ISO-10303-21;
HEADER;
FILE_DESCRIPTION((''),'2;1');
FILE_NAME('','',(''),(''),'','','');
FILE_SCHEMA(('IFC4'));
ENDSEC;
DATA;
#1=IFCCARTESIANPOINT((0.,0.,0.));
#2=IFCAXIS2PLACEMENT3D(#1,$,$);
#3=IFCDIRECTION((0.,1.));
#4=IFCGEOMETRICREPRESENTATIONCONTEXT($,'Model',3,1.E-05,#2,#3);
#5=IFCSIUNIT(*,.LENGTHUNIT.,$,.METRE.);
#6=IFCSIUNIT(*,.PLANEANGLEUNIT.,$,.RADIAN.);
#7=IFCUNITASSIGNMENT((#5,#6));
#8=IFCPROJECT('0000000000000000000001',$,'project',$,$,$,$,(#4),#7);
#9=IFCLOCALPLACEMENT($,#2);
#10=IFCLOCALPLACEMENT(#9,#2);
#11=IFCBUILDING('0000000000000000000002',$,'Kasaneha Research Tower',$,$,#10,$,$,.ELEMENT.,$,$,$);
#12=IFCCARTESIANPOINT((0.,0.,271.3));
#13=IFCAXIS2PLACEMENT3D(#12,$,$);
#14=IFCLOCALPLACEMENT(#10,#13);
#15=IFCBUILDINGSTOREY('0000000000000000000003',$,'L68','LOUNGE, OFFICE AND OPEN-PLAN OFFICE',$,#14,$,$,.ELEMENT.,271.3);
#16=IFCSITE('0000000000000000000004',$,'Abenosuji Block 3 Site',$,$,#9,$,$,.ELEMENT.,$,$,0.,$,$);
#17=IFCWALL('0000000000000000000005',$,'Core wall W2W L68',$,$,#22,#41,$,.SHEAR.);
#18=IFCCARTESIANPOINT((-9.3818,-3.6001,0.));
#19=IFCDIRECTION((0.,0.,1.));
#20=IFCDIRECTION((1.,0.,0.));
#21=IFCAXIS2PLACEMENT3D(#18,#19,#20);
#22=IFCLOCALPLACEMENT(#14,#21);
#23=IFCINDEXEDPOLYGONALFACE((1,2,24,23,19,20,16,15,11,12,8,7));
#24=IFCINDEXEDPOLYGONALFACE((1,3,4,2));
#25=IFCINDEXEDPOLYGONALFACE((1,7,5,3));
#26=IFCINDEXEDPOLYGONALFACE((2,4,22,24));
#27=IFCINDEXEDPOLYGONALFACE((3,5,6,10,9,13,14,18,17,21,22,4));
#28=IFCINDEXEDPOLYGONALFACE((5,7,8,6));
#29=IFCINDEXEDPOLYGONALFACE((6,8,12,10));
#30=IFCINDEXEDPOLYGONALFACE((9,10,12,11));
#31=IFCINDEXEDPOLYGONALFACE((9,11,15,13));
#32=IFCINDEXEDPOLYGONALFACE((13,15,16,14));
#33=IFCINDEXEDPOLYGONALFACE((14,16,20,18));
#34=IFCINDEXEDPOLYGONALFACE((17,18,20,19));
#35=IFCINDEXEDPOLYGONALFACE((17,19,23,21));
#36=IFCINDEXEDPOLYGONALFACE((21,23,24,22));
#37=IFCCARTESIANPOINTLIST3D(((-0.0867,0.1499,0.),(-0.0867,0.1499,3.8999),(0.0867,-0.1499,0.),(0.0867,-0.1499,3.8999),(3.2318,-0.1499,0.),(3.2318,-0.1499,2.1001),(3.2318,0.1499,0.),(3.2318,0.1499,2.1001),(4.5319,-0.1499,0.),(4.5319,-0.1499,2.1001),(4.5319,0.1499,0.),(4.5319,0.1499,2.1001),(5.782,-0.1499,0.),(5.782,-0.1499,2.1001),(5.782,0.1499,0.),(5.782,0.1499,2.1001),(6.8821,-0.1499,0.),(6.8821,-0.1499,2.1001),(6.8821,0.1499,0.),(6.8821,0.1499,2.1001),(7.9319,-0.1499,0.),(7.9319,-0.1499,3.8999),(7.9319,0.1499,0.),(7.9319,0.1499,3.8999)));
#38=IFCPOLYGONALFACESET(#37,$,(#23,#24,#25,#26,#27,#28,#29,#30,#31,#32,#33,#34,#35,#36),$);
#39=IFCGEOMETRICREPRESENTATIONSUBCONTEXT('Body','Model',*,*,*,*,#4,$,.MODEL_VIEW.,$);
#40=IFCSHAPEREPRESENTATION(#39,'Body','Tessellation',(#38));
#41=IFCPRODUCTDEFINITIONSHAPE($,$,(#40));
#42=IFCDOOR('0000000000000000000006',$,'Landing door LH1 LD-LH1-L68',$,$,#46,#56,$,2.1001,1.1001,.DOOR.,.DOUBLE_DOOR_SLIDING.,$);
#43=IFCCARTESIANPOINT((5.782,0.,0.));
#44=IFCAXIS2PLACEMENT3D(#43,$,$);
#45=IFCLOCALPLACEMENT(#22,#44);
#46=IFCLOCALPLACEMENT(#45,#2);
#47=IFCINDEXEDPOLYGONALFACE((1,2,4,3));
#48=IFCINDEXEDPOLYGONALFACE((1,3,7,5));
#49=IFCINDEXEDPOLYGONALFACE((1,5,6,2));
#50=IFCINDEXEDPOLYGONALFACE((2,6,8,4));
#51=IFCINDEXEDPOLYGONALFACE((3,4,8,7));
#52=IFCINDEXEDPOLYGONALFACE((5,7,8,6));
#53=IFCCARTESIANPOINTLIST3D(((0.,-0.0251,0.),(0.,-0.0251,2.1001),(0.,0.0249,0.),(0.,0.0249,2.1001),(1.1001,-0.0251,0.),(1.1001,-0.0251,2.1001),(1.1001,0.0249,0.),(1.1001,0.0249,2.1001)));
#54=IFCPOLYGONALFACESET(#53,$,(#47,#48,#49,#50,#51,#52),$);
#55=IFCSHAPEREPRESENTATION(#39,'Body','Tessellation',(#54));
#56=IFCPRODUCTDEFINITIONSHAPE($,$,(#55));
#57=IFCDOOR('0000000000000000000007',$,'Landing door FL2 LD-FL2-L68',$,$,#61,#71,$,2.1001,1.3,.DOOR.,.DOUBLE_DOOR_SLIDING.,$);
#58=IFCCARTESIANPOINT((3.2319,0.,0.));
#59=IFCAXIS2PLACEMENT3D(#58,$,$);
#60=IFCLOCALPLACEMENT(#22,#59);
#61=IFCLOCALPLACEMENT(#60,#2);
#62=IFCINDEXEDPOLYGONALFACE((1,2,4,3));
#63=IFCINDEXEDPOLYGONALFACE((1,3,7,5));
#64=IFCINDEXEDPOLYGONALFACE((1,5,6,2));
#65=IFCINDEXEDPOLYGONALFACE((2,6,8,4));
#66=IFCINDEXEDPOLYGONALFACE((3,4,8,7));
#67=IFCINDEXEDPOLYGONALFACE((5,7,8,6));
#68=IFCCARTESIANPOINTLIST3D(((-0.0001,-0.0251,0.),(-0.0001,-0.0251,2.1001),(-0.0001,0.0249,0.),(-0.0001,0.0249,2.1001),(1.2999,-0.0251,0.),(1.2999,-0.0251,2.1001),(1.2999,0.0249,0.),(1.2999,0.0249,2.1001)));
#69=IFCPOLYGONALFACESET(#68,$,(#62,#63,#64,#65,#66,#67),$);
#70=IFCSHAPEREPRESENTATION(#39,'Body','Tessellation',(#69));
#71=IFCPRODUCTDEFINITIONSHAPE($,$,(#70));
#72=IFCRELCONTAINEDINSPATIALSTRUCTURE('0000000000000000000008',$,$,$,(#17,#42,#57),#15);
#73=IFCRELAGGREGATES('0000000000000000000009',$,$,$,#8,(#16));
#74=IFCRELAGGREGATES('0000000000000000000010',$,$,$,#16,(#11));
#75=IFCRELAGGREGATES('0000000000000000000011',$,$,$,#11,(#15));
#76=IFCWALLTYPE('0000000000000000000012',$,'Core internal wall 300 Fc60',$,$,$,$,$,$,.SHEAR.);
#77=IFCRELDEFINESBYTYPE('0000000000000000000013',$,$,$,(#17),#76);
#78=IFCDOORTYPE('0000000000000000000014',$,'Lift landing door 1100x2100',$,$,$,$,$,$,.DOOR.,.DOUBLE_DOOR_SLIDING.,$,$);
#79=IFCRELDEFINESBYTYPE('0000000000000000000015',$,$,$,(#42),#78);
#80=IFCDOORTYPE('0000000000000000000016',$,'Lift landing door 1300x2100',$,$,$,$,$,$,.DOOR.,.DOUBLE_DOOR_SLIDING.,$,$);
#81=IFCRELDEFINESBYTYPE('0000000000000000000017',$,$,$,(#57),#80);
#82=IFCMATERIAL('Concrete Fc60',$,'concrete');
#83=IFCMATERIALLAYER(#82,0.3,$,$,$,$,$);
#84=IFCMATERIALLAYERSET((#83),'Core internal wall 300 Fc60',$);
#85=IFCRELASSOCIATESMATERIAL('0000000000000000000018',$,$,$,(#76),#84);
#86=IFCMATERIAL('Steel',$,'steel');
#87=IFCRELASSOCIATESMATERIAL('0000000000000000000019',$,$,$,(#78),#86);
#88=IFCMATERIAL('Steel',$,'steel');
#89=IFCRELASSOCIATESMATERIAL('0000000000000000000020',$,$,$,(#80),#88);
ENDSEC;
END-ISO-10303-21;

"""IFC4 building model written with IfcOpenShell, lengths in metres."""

from ifc_helpers import new_model, si_unit, direction, frame, frame_2d, origin, place, context, subcontext, project, spatial, polyline, rectangle, outline, extrude, material, layer, layer_set, type_object, element, fill, save


model = new_model("IFC4")

# Units and contexts
model_context = context("Model", 3, precision=1e-05, world=origin(), true_north=direction((0.0, 1.0)))
body_context = subcontext(model_context, "Body", "Model", "MODEL_VIEW")
ifc_project = project(units=[si_unit("LENGTHUNIT", "METRE"), si_unit("PLANEANGLEUNIT", "RADIAN")], contexts=[model_context])

# Site, building, storey
site_placement = place(None, origin())
site = spatial("IfcSite", under=ifc_project, at=site_placement, Name="Abenosuji Block 3 Site", CompositionType="ELEMENT", RefElevation=0.0)
building_placement = place(site_placement, origin())
building = spatial("IfcBuilding", under=site, at=building_placement, Name="Kasaneha Research Tower", CompositionType="ELEMENT")
storey_placement = place(building_placement, frame((0.0, 0.0, 271.3)))
storey = spatial("IfcBuildingStorey", under=building, at=storey_placement, Name="L68", Description="LOUNGE, OFFICE AND OPEN-PLAN OFFICE", CompositionType="ELEMENT", Elevation=271.3)

# Wall, openings, doors
ifc_material_1 = material(Name="Concrete Fc60", Category="concrete")
ifc_layer_1 = layer(ifc_material_1, 0.3)
ifc_layer_set_1 = layer_set([ifc_layer_1], Name="Core internal wall 300 Fc60")
wall_type_1 = type_object("IfcWallType", Name="Core internal wall 300 Fc60", PredefinedType="SHEAR", material=ifc_layer_set_1)
wall_1_placement = place(storey_placement, frame((-9.3818, -3.6001, 0.0), z_axis=(0.0, 0.0, 1.0), x_axis=(1.0, 0.0, 0.0)))
wall_1 = element("IfcWall", 1, at=wall_1_placement, inside=storey, type_object=wall_type_1, Name="Core wall W2W L68", PredefinedType="SHEAR", context=body_context, shape_type="SweptSolid", body=[
    extrude(outline(polyline([(0.0867, -0.1499), (3.2319, -0.1499), (4.532, -0.1499), (5.782, -0.1499), (6.8821, -0.1499), (7.9319, -0.1499), (7.9319, 0.1499), (6.8821, 0.1499), (5.782, 0.1499), (4.532, 0.1499), (3.2319, 0.1499), (-0.0867, 0.1499), (0.0867, -0.1499)])), origin(), (0.0, 0.0, 1.0), 3.8999),
])
opening_1_placement = place(wall_1_placement, frame((5.782, 0.0, 0.0)))
opening_1 = element("IfcOpeningElement", 2, at=opening_1_placement, cuts=wall_1, PredefinedType="OPENING", context=body_context, shape_type="SweptSolid", body=[
    extrude(rectangle(XDim=1.1001, YDim=2.1001, at=frame_2d((0.55, 1.05))), frame((0.0, 0.1602, 0.0), z_axis=(0.0, -1.0, 0.0), x_axis=(1.0, 0.0, 0.0)), (0.0, 0.0, 1.0), 0.3201),
])
opening_2_placement = place(wall_1_placement, frame((3.2319, 0.0, 0.0)))
opening_2 = element("IfcOpeningElement", 3, at=opening_2_placement, cuts=wall_1, PredefinedType="OPENING", context=body_context, shape_type="SweptSolid", body=[
    extrude(rectangle(XDim=1.3, YDim=2.1001, at=frame_2d((0.6499, 1.05))), frame((0.0, 0.1602, 0.0), z_axis=(0.0, -1.0, 0.0), x_axis=(1.0, 0.0, 0.0)), (0.0, 0.0, 1.0), 0.3201),
])
ifc_material_2 = material(Name="Steel", Category="steel")
door_type_1 = type_object("IfcDoorType", Name="Lift landing door 1100x2100", OperationType="DOUBLE_DOOR_SLIDING", PredefinedType="DOOR", material=ifc_material_2)
door_1_placement = place(opening_1_placement, origin())
door_1 = element("IfcDoor", 4, at=door_1_placement, inside=storey, type_object=door_type_1, Name="Landing door LH1 LD-LH1-L68", OperationType="DOUBLE_DOOR_SLIDING", OverallHeight=2.1001, OverallWidth=1.1001, PredefinedType="DOOR", context=body_context, shape_type="SweptSolid", body=[
    extrude(rectangle(XDim=1.1001, YDim=2.1001, at=frame_2d((0.55, 1.05))), frame((0.0, 0.0249, 0.0), z_axis=(0.0, -1.0, 0.0), x_axis=(1.0, 0.0, 0.0)), (0.0, 0.0, 1.0), 0.05),
])
fill(opening_1, door_1)
ifc_material_3 = material(Name="Steel", Category="steel")
door_type_2 = type_object("IfcDoorType", Name="Lift landing door 1300x2100", OperationType="DOUBLE_DOOR_SLIDING", PredefinedType="DOOR", material=ifc_material_3)
door_2_placement = place(opening_2_placement, origin())
door_2 = element("IfcDoor", 5, at=door_2_placement, inside=storey, type_object=door_type_2, Name="Landing door FL2 LD-FL2-L68", OperationType="DOUBLE_DOOR_SLIDING", OverallHeight=2.1001, OverallWidth=1.3, PredefinedType="DOOR", context=body_context, shape_type="SweptSolid", body=[
    extrude(rectangle(XDim=1.3, YDim=2.1001, at=frame_2d((0.6499, 1.05))), frame((0.0, 0.0249, 0.0), z_axis=(0.0, -1.0, 0.0), x_axis=(1.0, 0.0, 0.0)), (0.0, 0.0, 1.0), 0.05),
])
fill(opening_2, door_2)

save(model, "model.ifc")
